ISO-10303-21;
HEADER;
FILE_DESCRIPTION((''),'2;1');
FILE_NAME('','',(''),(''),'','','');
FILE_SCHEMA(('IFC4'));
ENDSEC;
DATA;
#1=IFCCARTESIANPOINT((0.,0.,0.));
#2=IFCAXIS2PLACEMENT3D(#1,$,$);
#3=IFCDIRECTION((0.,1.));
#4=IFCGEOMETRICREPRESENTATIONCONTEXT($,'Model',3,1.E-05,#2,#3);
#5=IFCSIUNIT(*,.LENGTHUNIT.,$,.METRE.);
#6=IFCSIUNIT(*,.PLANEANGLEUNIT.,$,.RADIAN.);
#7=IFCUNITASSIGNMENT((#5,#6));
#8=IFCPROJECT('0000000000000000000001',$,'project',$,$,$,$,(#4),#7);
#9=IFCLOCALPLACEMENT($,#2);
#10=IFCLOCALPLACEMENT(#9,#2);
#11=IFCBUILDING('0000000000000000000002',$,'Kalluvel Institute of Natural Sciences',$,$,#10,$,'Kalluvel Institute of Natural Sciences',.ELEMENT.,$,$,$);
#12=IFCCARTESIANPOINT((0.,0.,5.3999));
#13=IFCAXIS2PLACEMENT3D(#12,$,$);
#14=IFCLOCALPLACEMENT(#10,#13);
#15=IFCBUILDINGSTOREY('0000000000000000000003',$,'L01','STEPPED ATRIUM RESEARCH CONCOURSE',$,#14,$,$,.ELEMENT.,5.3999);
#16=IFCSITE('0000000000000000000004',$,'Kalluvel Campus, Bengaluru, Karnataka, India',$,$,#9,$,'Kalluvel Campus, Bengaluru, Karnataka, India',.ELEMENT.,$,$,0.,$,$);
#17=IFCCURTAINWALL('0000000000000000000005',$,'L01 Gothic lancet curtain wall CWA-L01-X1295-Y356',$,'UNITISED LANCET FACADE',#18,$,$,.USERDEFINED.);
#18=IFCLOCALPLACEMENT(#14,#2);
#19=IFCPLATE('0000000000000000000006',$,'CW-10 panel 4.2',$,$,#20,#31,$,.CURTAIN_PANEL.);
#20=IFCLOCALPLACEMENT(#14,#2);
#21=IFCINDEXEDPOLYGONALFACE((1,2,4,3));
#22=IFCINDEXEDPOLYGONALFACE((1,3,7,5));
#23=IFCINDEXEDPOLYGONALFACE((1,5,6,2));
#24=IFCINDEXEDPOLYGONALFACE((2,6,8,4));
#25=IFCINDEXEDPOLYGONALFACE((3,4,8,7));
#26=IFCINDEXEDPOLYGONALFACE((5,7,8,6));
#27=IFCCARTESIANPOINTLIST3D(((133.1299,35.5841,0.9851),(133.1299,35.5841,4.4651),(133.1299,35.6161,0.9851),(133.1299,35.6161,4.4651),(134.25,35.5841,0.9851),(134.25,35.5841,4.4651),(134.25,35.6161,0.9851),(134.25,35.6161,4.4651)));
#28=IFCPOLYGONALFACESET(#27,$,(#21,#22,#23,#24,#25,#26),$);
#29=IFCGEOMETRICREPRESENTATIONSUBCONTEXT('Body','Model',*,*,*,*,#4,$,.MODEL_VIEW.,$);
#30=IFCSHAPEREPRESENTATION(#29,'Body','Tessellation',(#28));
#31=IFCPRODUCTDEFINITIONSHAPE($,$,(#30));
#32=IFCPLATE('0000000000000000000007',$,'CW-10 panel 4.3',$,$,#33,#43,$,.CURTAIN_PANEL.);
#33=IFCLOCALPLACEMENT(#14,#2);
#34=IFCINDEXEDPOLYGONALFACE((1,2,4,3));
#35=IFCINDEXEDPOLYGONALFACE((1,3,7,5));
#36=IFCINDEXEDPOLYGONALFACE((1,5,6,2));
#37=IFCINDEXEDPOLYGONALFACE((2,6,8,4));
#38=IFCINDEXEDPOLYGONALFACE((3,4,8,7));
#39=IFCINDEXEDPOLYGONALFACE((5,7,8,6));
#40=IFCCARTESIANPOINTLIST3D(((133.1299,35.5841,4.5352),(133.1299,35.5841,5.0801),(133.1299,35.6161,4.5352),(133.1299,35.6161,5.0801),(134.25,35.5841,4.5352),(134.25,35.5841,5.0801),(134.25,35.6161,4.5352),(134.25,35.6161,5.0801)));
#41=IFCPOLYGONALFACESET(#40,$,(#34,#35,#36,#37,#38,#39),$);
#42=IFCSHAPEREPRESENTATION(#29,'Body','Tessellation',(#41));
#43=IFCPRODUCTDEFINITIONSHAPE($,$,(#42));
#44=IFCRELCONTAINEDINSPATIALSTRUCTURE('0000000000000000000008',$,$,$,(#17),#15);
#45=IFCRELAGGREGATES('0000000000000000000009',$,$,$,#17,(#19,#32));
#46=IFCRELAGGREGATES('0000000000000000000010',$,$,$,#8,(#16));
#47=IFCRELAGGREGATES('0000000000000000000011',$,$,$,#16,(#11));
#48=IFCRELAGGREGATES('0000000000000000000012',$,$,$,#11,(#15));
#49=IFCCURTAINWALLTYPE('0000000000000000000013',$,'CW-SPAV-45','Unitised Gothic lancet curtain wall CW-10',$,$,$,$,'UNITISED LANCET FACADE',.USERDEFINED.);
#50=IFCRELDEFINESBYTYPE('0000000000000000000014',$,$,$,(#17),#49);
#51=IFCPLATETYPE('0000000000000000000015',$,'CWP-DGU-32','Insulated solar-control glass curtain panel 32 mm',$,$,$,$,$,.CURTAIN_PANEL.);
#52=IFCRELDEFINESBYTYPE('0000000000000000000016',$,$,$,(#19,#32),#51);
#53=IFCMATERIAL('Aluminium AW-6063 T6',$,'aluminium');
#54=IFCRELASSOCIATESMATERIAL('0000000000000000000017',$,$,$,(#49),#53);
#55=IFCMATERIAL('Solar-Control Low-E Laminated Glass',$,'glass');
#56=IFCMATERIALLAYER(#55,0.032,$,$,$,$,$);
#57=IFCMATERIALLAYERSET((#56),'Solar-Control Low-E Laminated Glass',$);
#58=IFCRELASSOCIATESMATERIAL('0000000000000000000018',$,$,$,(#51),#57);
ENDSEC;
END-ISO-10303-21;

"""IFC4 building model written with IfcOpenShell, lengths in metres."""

from ifc_helpers import new_model, si_unit, direction, frame, origin, origin_2d, place, context, subcontext, project, spatial, rectangle, extrude, material, layer, layer_set, type_object, element, aggregate, save


model = new_model("IFC4")

# Units and contexts
model_context = context("Model", 3, precision=1e-05, world=origin(), true_north=direction((0.0, 1.0)))
body_context = subcontext(model_context, "Body", "Model", "MODEL_VIEW")
ifc_project = project(units=[si_unit("LENGTHUNIT", "METRE"), si_unit("PLANEANGLEUNIT", "RADIAN")], contexts=[model_context])

# Site, building, storey
site_placement = place(None, origin())
site = spatial("IfcSite", under=ifc_project, at=site_placement, Name="Kalluvel Campus, Bengaluru, Karnataka, India", LongName="Kalluvel Campus, Bengaluru, Karnataka, India", CompositionType="ELEMENT", RefElevation=0.0)
building_placement = place(site_placement, origin())
building = spatial("IfcBuilding", under=site, at=building_placement, Name="Kalluvel Institute of Natural Sciences", LongName="Kalluvel Institute of Natural Sciences", CompositionType="ELEMENT")
storey_placement = place(building_placement, frame((0.0, 0.0, 5.3999)))
storey = spatial("IfcBuildingStorey", under=building, at=storey_placement, Name="L01", Description="STEPPED ATRIUM RESEARCH CONCOURSE", CompositionType="ELEMENT", Elevation=5.3999)

# Curtain wall
ifc_material_1 = material(Name="Aluminium AW-6063 T6", Category="aluminium")
curtain_wall_type = type_object("IfcCurtainWallType", Name="CW-SPAV-45", Description="Unitised Gothic lancet curtain wall CW-10", ElementType="UNITISED LANCET FACADE", PredefinedType="USERDEFINED", material=ifc_material_1)
curtain_wall_placement = place(storey_placement, origin())
curtain_wall = element("IfcCurtainWall", 1, at=curtain_wall_placement, inside=storey, type_object=curtain_wall_type, Name="L01 Gothic lancet curtain wall CWA-L01-X1295-Y356", ObjectType="UNITISED LANCET FACADE", PredefinedType="USERDEFINED")

# Plates
ifc_material_2 = material(Name="Solar-Control Low-E Laminated Glass", Category="glass")
ifc_layer = layer(ifc_material_2, 0.032)
ifc_layer_set = layer_set([ifc_layer], Name="Solar-Control Low-E Laminated Glass")
plate_type = type_object("IfcPlateType", Name="CWP-DGU-32", Description="Insulated solar-control glass curtain panel 32 mm", PredefinedType="CURTAIN_PANEL", material=ifc_layer_set)
plate_1_placement = place(storey_placement, frame((133.6899, 35.6001, 0.9851), z_axis=(0.0, 0.0, 1.0), x_axis=(1.0, 0.0, 0.0)))
plate_1 = element("IfcPlate", 2, at=plate_1_placement, type_object=plate_type, Name="CW-10 panel 4.2", PredefinedType="CURTAIN_PANEL", context=body_context, shape_type="SweptSolid", body=[
    extrude(rectangle(XDim=1.1201, YDim=0.032, at=origin_2d()), origin(), (0.0, 0.0, 1.0), 3.48),
])
plate_2_placement = place(storey_placement, frame((133.6899, 35.6001, 4.5352), z_axis=(0.0, 0.0, 1.0), x_axis=(1.0, 0.0, 0.0)))
plate_2 = element("IfcPlate", 3, at=plate_2_placement, type_object=plate_type, Name="CW-10 panel 4.3", PredefinedType="CURTAIN_PANEL", context=body_context, shape_type="SweptSolid", body=[
    extrude(rectangle(XDim=1.1201, YDim=0.032, at=origin_2d()), origin(), (0.0, 0.0, 1.0), 0.5449),
])
aggregate(curtain_wall, [plate_1, plate_2])

save(model, "model.ifc")
